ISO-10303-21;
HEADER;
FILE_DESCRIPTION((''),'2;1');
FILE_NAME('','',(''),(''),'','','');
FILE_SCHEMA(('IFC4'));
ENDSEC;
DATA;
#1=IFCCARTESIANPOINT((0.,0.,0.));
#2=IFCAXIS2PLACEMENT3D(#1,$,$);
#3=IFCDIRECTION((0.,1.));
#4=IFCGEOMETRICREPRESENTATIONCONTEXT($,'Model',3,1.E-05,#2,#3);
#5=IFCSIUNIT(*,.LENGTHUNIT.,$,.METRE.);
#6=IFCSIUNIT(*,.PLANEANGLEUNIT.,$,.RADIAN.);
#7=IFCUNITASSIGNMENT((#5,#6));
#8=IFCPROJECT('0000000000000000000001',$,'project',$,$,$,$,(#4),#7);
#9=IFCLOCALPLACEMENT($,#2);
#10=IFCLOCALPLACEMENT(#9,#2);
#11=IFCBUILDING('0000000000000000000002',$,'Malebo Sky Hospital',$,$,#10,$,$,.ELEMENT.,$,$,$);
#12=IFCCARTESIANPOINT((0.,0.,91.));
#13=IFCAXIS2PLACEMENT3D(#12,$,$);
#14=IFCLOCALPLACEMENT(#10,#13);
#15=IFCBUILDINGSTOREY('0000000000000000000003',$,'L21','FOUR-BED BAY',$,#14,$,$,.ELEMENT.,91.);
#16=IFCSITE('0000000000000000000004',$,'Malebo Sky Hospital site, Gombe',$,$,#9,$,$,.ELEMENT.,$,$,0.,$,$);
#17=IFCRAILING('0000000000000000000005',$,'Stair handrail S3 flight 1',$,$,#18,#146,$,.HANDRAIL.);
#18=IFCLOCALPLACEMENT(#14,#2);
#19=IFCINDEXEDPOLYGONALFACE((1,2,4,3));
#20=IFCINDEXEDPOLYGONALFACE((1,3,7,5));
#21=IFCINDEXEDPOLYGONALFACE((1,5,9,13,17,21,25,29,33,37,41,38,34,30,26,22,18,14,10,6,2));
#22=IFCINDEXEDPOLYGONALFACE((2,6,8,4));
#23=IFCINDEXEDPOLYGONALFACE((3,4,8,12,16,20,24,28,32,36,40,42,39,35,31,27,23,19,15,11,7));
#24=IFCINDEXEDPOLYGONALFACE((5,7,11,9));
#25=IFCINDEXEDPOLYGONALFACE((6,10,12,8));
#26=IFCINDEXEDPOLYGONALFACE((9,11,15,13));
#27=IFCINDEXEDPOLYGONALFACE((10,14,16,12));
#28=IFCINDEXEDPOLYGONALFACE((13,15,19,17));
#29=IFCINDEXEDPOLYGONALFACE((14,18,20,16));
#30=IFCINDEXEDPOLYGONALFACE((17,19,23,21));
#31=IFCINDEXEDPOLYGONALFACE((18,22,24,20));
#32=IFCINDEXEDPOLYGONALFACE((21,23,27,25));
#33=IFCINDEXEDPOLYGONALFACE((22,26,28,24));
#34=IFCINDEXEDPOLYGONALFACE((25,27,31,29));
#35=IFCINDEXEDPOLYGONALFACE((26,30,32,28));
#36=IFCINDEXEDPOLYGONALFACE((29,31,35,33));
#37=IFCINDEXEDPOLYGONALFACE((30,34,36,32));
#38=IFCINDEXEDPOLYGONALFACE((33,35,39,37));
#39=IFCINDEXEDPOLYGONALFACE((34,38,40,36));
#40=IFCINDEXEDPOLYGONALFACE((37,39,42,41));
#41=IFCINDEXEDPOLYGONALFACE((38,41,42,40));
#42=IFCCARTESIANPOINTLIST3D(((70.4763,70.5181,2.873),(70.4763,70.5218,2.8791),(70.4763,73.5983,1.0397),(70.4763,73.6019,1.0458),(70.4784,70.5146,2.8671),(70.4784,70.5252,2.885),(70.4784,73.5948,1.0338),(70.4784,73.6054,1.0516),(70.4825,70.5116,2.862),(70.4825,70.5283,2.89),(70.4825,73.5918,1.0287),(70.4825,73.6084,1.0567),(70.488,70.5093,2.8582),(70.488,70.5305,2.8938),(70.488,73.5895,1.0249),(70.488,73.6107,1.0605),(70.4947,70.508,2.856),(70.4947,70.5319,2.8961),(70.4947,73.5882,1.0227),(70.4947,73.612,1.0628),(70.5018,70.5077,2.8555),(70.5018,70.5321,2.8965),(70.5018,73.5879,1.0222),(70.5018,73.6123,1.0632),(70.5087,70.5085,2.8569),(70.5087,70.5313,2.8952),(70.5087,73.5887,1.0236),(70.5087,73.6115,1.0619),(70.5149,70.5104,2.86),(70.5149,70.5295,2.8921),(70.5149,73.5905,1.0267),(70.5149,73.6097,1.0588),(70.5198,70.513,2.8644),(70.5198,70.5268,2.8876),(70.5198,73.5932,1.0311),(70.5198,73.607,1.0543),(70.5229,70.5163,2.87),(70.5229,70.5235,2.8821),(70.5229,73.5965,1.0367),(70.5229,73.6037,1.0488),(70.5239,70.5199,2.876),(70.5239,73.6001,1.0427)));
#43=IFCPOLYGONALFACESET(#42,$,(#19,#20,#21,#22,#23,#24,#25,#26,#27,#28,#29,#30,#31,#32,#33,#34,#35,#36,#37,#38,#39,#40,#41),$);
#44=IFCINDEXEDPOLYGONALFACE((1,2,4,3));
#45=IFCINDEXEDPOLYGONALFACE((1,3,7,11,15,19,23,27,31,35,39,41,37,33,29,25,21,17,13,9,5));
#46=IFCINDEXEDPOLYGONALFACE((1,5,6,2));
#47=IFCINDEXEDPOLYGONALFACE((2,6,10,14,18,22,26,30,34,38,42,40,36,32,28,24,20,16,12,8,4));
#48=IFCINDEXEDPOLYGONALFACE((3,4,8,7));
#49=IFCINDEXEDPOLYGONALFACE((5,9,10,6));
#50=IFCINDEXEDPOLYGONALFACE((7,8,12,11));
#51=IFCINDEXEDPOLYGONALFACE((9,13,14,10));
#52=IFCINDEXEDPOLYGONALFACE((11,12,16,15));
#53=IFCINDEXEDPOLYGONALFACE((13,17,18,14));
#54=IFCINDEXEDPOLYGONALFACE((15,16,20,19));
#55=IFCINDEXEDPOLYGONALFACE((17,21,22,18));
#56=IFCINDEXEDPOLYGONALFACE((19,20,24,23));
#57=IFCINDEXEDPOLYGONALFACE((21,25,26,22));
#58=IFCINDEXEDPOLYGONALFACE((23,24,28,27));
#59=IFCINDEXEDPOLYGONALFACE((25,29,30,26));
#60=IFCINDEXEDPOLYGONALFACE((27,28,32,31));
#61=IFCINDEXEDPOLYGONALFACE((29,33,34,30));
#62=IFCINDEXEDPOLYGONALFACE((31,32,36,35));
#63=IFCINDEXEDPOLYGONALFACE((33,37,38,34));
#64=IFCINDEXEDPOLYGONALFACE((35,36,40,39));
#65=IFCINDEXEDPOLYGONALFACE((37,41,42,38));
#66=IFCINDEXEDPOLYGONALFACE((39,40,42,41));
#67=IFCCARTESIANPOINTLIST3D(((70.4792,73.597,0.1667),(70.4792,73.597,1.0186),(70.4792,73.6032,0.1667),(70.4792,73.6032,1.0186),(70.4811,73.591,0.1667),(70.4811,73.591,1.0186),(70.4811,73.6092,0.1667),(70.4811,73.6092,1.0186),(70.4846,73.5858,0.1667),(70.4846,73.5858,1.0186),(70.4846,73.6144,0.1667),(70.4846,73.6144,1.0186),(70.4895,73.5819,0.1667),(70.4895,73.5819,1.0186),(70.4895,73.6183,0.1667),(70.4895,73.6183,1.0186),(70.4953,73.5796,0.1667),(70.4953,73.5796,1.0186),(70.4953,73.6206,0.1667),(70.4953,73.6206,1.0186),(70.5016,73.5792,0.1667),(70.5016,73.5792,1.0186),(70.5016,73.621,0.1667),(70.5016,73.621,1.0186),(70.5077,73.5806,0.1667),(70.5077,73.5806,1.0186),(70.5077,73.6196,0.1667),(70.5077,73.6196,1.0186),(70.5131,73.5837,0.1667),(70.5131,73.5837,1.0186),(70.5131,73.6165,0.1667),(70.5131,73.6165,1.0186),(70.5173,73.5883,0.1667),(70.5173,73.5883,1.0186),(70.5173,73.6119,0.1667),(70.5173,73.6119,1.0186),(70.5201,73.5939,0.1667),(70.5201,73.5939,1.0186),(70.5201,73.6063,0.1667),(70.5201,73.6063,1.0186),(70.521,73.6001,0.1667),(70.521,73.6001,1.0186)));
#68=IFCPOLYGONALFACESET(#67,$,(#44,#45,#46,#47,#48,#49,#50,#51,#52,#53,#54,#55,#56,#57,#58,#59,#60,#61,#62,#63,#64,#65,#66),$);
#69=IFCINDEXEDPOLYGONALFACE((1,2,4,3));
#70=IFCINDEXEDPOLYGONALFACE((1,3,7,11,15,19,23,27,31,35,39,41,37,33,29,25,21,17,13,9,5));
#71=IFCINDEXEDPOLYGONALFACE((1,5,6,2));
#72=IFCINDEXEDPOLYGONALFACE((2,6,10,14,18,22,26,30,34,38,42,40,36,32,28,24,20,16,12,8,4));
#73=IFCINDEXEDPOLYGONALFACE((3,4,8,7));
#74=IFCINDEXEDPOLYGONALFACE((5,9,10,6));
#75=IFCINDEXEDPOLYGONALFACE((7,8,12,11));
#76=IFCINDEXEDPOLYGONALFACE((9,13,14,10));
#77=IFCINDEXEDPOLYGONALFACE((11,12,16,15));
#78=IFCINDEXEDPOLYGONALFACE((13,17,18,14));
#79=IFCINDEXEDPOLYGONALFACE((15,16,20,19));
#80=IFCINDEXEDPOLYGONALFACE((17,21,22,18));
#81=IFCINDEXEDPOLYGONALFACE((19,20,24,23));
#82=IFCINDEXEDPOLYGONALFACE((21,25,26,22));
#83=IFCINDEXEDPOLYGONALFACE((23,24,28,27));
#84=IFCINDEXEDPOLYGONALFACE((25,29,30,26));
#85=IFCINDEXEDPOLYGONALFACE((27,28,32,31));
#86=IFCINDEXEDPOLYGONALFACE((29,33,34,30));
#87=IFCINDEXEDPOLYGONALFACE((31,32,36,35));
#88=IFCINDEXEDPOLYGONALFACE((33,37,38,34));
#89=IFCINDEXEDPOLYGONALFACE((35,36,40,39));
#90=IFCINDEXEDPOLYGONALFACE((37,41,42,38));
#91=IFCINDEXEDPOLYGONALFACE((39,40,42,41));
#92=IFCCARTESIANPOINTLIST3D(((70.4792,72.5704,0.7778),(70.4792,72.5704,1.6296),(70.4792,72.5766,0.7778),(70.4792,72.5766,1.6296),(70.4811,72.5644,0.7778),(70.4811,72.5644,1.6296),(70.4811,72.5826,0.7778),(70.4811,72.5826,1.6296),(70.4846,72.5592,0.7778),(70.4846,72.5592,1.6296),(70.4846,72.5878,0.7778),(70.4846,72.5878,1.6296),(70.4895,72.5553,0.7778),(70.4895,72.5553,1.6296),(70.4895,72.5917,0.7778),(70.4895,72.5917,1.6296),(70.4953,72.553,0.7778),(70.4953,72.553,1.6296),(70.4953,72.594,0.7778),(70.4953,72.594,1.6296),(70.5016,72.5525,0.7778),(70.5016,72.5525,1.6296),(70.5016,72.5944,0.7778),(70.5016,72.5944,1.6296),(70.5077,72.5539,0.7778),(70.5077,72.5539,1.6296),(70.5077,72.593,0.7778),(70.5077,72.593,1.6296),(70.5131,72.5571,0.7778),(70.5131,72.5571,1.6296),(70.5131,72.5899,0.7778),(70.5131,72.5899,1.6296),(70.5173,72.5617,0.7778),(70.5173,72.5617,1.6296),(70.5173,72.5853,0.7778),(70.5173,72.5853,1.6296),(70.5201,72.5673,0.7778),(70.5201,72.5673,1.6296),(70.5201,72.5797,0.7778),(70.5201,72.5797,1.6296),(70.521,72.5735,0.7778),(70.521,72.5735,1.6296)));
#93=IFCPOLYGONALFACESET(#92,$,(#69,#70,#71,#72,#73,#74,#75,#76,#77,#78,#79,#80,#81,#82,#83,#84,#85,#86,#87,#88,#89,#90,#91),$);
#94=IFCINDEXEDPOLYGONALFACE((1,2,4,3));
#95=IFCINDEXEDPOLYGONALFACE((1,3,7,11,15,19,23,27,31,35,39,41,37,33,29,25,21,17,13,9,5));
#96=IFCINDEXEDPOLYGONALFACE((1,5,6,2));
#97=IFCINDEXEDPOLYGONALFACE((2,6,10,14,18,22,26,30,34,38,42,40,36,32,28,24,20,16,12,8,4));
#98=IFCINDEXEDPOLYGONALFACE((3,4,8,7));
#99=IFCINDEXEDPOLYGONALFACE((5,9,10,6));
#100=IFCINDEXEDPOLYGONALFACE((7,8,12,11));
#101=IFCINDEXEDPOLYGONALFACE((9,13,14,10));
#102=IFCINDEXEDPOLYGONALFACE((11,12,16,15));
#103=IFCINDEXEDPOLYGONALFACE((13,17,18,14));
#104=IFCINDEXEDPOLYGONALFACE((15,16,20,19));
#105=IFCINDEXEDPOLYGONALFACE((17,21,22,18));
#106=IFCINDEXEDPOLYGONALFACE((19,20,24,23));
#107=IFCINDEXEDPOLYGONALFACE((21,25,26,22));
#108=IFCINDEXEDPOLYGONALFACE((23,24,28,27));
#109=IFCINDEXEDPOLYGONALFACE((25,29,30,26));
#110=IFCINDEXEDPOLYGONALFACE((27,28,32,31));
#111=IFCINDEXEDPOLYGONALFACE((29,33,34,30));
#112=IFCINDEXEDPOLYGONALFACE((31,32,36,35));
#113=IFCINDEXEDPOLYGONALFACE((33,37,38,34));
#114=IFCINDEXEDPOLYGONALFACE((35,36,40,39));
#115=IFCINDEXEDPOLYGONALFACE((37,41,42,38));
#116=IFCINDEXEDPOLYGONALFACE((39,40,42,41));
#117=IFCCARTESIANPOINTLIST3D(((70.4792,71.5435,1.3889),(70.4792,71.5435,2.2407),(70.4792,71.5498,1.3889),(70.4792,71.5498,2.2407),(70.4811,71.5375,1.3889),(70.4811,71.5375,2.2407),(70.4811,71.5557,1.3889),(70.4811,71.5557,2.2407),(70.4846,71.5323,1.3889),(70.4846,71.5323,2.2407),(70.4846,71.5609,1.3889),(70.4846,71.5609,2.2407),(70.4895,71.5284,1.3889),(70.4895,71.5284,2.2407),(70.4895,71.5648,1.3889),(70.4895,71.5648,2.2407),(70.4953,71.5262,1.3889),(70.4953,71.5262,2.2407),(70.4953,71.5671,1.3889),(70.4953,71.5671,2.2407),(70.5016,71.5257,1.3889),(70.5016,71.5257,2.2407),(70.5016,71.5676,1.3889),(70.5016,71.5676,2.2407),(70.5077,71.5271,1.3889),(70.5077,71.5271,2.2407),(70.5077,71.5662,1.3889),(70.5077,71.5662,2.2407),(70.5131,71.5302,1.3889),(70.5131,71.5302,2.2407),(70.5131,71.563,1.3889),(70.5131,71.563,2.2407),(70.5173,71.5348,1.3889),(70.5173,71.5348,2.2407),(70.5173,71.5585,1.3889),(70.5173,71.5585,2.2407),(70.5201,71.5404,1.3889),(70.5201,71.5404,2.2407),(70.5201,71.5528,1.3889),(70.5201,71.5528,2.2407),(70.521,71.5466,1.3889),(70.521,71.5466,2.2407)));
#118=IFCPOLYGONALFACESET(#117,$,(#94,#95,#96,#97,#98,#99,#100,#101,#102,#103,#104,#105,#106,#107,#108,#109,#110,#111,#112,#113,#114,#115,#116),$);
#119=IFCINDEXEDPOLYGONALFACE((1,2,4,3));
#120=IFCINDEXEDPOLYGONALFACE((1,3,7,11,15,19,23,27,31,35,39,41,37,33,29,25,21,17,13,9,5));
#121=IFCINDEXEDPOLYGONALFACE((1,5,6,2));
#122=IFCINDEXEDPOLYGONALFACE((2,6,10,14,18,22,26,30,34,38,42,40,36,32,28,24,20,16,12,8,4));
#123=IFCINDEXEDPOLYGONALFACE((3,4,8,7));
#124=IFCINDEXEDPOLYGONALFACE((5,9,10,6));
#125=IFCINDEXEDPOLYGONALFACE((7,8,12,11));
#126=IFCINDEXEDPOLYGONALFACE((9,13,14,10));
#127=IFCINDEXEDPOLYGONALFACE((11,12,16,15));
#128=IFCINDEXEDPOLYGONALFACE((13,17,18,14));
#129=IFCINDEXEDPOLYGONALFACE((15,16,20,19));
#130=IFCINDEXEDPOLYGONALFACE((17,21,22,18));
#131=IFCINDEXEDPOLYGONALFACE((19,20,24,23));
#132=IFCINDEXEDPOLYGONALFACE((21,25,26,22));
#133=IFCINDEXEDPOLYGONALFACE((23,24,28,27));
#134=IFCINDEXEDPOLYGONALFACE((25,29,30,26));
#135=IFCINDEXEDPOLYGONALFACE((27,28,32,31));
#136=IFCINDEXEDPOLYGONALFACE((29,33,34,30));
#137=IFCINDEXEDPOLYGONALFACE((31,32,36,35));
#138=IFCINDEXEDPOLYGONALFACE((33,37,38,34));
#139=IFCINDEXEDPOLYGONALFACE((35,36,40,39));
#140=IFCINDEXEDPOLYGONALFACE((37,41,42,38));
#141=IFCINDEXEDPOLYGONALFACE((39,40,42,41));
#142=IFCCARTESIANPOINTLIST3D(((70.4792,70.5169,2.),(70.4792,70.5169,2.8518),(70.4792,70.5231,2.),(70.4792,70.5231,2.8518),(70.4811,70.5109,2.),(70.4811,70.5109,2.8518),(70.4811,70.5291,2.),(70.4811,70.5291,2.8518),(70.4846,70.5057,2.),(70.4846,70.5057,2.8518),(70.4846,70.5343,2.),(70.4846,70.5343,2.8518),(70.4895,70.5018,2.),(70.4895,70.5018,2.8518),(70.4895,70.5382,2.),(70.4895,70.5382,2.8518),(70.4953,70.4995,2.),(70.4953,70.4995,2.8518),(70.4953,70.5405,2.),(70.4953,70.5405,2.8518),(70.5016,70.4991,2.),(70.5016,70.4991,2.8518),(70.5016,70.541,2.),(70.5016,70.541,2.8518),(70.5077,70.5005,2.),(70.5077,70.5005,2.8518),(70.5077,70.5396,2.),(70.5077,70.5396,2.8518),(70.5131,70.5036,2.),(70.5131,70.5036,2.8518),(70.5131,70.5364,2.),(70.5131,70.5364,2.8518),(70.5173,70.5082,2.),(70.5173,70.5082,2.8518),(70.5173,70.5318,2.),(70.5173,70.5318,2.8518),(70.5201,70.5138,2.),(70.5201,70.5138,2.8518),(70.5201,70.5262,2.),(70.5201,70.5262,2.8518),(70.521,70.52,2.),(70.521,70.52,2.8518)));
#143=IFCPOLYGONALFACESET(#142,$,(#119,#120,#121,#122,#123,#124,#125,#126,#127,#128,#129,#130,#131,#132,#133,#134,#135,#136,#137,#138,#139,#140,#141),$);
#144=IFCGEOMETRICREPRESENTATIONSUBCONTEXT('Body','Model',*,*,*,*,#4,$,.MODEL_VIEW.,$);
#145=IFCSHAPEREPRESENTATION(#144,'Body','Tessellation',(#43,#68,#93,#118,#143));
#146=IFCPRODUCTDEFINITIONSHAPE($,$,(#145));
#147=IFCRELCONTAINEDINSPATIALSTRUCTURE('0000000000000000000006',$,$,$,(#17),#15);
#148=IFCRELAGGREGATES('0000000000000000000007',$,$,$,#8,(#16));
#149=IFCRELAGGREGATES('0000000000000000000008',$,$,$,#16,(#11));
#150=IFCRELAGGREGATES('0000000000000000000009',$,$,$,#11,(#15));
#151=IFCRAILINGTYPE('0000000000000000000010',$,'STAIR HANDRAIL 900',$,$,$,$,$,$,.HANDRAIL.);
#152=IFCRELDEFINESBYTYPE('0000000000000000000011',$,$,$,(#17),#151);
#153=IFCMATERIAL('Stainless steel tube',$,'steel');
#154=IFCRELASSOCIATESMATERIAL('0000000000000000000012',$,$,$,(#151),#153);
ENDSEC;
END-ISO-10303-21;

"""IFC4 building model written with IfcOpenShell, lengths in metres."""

from ifc_helpers import new_model, si_unit, direction, frame, origin, origin_2d, place, context, subcontext, project, spatial, circle, extrude, material, type_object, element, save


model = new_model("IFC4")

# Units and contexts
model_context = context("Model", 3, precision=1e-05, world=origin(), true_north=direction((0.0, 1.0)))
body_context = subcontext(model_context, "Body", "Model", "MODEL_VIEW")
ifc_project = project(units=[si_unit("LENGTHUNIT", "METRE"), si_unit("PLANEANGLEUNIT", "RADIAN")], contexts=[model_context])

# Site, building, storey
site_placement = place(None, origin())
site = spatial("IfcSite", under=ifc_project, at=site_placement, Name="Malebo Sky Hospital site, Gombe", CompositionType="ELEMENT", RefElevation=0.0)
building_placement = place(site_placement, origin())
building = spatial("IfcBuilding", under=site, at=building_placement, Name="Malebo Sky Hospital", CompositionType="ELEMENT")
storey_placement = place(building_placement, frame((0.0, 0.0, 91.0)))
storey = spatial("IfcBuildingStorey", under=building, at=storey_placement, Name="L21", Description="FOUR-BED BAY", CompositionType="ELEMENT", Elevation=91.0)

# Railing
ifc_material_1 = material(Name="Stainless steel tube", Category="steel")
railing_type = type_object("IfcRailingType", Name="STAIR HANDRAIL 900", PredefinedType="HANDRAIL", material=ifc_material_1)
railing_placement = place(storey_placement, frame((70.5, 73.6001, 0.1667)))
element("IfcRailing", 1, at=railing_placement, inside=storey, type_object=railing_type, Name="Stair handrail S3 flight 1", PredefinedType="HANDRAIL", context=body_context, shape_type="SweptSolid", body=[
    extrude(circle(Radius=0.0239, at=origin_2d()), frame((0.0, 0.0, 0.876), z_axis=(0.0, -0.859309, 0.511458), x_axis=(1.0, 0.0, 0.0)), (0.0, 0.0, 1.0), 3.5845),
    extrude(circle(Radius=0.021, at=origin_2d()), origin(), (0.0, 0.0, 1.0), 0.8518),
    extrude(circle(Radius=0.021, at=origin_2d()), frame((0.0, -1.0266, 0.6111)), (0.0, 0.0, 1.0), 0.8518),
    extrude(circle(Radius=0.021, at=origin_2d()), frame((0.0, -2.0535, 1.2222)), (0.0, 0.0, 1.0), 0.8518),
    extrude(circle(Radius=0.021, at=origin_2d()), frame((0.0, -3.0801, 1.8333)), (0.0, 0.0, 1.0), 0.8518),
])

save(model, "model.ifc")
